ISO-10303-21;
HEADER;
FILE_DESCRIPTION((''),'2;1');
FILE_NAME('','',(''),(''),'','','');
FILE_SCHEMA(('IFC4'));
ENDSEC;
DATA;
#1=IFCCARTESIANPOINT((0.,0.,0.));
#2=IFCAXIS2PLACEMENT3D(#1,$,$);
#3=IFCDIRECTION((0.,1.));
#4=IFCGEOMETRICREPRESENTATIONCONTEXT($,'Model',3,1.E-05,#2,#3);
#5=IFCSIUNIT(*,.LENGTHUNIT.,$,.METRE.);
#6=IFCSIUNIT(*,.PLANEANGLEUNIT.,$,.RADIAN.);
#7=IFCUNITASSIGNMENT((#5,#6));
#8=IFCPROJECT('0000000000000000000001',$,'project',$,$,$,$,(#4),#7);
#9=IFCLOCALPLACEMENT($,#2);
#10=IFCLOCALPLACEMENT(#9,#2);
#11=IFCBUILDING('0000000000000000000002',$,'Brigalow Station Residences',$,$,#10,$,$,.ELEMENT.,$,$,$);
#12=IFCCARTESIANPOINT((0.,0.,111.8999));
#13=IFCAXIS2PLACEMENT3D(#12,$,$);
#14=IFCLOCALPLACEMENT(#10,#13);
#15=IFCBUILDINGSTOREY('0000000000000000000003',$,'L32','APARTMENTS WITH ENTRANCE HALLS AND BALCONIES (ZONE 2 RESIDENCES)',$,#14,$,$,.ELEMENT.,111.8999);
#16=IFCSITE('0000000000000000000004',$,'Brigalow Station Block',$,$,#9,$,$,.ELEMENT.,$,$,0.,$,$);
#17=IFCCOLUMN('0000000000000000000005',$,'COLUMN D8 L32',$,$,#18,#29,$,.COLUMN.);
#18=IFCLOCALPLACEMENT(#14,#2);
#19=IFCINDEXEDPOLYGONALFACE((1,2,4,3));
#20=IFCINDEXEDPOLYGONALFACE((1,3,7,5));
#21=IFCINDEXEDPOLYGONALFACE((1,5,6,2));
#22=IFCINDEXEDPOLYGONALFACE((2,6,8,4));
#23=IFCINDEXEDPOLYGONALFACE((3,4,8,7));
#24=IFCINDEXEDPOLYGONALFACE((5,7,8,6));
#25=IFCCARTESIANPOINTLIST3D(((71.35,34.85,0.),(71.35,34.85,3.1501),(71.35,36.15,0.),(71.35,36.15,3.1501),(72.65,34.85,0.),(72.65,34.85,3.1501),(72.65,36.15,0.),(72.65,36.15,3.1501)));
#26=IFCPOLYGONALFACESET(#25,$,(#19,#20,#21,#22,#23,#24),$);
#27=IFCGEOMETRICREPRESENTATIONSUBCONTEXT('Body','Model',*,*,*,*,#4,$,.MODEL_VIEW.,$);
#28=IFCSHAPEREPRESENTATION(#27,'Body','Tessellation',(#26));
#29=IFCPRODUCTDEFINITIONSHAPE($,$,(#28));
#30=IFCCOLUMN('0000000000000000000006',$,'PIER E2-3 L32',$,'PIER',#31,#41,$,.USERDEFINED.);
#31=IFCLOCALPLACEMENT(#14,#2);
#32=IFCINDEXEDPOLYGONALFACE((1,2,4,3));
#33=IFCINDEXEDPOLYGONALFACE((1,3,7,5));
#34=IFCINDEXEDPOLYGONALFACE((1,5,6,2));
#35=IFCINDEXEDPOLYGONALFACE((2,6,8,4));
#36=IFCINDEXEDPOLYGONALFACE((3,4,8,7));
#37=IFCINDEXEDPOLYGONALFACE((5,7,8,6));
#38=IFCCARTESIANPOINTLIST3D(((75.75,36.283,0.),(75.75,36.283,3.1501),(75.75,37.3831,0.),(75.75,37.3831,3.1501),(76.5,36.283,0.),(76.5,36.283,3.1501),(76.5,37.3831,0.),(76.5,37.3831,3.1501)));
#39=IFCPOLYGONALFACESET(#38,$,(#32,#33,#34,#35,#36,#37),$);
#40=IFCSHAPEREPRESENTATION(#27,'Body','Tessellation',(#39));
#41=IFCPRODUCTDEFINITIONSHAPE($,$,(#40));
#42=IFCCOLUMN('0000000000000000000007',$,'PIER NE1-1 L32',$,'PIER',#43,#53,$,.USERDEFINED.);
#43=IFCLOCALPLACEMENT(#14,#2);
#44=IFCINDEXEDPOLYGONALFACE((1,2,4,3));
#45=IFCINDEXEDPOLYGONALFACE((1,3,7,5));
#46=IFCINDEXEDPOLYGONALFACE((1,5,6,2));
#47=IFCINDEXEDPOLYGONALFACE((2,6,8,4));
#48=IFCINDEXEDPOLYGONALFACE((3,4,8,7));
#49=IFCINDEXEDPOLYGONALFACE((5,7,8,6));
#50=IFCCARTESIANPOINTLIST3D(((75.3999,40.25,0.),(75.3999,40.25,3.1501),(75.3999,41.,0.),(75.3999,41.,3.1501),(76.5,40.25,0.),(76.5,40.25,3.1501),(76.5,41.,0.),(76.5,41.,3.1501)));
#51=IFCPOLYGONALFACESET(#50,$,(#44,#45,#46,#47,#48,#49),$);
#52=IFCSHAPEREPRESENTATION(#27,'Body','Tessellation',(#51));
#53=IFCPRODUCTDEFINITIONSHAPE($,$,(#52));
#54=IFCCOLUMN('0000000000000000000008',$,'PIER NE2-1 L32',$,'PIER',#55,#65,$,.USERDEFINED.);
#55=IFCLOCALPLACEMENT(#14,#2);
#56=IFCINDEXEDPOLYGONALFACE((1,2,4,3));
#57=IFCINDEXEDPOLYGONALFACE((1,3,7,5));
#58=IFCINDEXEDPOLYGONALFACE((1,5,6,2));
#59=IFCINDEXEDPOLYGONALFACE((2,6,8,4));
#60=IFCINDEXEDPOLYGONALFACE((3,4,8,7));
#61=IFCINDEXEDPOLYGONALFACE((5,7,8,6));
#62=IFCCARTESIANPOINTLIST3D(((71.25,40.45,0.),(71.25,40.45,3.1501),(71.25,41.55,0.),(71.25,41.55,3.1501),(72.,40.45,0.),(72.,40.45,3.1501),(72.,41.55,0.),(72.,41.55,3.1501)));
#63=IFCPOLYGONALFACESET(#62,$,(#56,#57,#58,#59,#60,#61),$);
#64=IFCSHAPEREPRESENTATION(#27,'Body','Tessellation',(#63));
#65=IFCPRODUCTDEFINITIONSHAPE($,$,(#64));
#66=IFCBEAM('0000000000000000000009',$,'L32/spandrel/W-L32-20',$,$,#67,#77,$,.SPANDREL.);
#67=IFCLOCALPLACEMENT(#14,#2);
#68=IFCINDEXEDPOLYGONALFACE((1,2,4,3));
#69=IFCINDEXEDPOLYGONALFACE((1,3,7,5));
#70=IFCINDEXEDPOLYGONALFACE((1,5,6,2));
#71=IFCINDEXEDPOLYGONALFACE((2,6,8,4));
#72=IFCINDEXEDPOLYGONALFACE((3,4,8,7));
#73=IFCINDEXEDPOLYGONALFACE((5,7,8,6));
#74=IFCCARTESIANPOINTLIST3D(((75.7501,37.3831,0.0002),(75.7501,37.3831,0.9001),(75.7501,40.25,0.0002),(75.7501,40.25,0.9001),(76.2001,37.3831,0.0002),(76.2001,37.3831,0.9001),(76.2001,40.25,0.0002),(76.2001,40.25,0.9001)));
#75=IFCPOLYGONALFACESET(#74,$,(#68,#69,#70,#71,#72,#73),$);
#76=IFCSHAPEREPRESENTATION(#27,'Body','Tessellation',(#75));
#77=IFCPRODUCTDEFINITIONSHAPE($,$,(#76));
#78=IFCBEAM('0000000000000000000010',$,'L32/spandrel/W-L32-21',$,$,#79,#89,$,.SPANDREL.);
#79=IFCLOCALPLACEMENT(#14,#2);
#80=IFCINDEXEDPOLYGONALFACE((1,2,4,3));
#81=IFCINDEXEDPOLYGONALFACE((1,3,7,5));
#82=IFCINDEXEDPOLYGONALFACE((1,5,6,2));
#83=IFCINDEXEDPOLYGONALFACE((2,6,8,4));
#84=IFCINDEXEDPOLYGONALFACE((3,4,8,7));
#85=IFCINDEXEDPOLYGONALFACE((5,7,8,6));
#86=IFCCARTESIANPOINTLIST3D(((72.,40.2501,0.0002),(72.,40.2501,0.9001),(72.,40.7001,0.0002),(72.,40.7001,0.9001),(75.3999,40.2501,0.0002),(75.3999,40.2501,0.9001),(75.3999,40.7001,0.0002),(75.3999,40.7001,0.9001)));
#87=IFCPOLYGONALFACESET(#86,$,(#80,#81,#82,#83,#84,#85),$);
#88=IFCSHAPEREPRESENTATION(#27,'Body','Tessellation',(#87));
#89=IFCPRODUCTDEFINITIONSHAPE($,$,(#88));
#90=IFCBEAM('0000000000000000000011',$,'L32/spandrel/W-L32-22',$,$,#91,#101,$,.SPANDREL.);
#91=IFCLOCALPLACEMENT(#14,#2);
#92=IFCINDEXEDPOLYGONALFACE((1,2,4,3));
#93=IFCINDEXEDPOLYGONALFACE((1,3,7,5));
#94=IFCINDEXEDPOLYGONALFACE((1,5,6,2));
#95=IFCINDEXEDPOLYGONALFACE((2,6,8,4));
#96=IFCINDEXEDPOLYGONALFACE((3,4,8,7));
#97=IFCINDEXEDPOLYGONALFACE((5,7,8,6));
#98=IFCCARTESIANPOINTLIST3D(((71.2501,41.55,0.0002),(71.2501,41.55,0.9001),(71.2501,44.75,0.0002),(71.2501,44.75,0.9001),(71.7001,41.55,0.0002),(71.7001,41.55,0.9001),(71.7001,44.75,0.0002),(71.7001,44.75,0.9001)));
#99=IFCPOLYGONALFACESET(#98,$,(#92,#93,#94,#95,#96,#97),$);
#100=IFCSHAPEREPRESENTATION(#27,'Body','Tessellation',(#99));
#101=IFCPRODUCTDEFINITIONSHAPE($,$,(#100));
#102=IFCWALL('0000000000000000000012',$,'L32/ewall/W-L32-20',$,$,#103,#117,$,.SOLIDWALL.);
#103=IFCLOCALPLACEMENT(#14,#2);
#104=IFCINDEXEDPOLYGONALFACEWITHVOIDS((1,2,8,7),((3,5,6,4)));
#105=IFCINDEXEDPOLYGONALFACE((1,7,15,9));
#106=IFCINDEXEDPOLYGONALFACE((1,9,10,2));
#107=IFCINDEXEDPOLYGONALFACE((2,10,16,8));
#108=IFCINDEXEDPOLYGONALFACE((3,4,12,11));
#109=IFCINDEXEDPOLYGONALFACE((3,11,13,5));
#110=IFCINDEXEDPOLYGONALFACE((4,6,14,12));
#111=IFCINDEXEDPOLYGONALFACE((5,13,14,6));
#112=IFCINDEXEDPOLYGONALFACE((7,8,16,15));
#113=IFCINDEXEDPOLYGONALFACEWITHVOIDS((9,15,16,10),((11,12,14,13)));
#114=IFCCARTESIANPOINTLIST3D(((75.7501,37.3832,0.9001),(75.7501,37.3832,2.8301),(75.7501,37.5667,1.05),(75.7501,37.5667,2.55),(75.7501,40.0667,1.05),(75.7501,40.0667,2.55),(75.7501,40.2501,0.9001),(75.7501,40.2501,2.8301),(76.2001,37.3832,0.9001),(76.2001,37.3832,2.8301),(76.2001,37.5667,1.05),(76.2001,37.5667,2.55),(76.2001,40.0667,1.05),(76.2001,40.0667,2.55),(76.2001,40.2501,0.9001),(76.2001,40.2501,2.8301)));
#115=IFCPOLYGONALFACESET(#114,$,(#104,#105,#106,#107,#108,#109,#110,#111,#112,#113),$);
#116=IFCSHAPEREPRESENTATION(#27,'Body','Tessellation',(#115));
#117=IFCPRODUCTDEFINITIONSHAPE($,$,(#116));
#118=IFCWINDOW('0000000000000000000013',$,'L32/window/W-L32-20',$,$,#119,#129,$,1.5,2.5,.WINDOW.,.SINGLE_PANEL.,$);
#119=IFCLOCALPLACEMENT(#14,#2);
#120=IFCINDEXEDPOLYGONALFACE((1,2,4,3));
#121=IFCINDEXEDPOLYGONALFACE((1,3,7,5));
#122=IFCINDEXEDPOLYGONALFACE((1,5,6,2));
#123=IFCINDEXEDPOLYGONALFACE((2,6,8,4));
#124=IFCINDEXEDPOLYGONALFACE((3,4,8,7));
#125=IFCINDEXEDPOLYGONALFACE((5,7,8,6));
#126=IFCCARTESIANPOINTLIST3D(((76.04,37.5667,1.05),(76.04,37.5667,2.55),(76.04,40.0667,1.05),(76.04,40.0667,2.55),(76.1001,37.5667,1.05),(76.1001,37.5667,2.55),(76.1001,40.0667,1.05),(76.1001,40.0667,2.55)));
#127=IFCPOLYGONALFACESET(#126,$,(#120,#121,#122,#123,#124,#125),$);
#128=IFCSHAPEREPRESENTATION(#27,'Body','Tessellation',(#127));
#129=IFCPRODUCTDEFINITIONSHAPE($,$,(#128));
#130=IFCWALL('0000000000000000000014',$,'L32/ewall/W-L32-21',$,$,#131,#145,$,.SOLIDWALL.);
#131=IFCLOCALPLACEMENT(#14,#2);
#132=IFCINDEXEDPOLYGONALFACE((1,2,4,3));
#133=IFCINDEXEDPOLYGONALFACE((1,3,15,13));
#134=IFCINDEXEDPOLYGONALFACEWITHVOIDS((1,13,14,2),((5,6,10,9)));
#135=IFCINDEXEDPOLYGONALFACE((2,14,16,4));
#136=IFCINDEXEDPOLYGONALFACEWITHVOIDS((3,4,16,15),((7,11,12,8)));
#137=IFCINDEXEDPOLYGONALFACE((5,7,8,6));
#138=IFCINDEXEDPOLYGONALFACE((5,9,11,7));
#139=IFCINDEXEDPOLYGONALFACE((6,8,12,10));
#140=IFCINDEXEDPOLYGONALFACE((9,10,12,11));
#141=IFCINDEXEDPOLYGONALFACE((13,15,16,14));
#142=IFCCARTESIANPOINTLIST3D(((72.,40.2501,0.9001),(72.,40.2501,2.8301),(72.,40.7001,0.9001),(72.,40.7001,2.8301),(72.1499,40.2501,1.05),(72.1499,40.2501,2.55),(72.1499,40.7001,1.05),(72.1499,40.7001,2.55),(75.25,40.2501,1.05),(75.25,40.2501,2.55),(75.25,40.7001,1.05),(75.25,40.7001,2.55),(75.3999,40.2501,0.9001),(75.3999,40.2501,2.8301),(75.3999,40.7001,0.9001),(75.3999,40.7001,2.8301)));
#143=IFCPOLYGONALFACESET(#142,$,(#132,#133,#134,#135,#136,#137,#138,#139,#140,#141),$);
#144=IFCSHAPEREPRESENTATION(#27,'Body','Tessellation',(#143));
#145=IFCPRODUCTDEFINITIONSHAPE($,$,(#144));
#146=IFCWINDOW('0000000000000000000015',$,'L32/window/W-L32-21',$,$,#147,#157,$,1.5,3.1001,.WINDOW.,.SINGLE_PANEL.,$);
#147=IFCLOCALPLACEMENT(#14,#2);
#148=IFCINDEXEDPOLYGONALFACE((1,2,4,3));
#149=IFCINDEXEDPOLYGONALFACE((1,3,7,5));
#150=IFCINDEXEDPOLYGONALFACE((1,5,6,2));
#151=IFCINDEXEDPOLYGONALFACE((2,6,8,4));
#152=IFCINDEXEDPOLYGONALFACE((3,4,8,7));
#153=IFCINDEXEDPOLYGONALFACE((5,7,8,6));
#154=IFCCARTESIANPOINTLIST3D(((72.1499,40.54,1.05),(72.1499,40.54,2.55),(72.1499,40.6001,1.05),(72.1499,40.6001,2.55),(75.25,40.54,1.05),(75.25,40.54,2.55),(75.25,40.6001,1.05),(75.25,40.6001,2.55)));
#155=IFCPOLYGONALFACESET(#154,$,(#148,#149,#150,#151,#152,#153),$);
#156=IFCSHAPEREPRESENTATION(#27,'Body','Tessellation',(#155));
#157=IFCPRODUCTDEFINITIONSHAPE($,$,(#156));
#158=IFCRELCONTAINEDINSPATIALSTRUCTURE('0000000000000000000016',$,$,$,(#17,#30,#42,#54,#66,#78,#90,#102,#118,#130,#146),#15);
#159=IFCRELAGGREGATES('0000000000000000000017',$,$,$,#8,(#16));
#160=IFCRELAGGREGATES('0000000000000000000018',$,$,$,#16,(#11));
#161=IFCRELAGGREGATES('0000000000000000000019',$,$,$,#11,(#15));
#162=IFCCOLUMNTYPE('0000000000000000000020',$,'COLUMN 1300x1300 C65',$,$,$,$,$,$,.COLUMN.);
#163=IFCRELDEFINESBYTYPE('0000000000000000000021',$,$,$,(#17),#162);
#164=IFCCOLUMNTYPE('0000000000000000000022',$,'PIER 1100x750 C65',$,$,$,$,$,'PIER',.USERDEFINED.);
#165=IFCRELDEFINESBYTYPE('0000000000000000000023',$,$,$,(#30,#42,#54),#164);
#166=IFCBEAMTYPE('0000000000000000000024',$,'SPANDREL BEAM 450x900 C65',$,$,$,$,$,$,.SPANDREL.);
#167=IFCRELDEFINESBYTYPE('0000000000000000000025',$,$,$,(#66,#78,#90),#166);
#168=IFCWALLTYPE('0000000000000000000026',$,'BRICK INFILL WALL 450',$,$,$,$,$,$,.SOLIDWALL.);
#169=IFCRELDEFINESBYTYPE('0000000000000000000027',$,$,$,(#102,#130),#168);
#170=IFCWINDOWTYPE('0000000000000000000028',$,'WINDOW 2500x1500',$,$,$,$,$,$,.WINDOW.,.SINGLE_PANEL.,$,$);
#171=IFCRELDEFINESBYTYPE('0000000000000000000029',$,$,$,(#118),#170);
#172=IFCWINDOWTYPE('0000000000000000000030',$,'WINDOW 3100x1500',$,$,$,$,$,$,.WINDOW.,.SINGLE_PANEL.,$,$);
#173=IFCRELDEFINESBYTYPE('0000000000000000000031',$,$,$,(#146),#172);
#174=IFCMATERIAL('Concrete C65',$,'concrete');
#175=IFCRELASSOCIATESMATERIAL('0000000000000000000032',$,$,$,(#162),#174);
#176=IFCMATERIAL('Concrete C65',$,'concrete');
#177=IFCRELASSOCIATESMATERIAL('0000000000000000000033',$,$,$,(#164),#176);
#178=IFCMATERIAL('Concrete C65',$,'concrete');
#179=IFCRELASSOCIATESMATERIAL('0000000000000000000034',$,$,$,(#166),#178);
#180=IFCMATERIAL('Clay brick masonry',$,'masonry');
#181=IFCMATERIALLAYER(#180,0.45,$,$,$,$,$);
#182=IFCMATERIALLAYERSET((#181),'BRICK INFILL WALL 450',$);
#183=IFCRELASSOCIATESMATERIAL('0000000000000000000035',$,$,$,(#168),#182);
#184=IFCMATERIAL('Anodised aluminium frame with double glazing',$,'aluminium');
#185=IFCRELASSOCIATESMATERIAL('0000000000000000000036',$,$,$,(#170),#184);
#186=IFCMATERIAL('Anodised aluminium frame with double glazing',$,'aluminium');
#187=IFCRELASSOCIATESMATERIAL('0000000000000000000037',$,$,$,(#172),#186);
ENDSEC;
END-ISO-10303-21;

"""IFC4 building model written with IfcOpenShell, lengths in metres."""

from ifc_helpers import new_model, si_unit, direction, frame, frame_2d, origin, origin_2d, place, context, subcontext, project, spatial, rectangle, extrude, material, layer, layer_set, material_profile, profile_set, type_object, element, fill, save


model = new_model("IFC4")

# Units and contexts
model_context = context("Model", 3, precision=1e-05, world=origin(), true_north=direction((0.0, 1.0)))
body_context = subcontext(model_context, "Body", "Model", "MODEL_VIEW")
ifc_project = project(units=[si_unit("LENGTHUNIT", "METRE"), si_unit("PLANEANGLEUNIT", "RADIAN")], contexts=[model_context])

# Site, building, storey
site_placement = place(None, origin())
site = spatial("IfcSite", under=ifc_project, at=site_placement, Name="Brigalow Station Block", CompositionType="ELEMENT", RefElevation=0.0)
building_placement = place(site_placement, origin())
building = spatial("IfcBuilding", under=site, at=building_placement, Name="Brigalow Station Residences", CompositionType="ELEMENT")
storey_placement = place(building_placement, frame((0.0, 0.0, 111.8999)))
storey = spatial("IfcBuildingStorey", under=building, at=storey_placement, Name="L32", Description="APARTMENTS WITH ENTRANCE HALLS AND BALCONIES (ZONE 2 RESIDENCES)", CompositionType="ELEMENT", Elevation=111.8999)

# Columns
ifc_material_1 = material(Name="Concrete C65", Category="concrete")
ifc_material_profile_1 = material_profile(ifc_material_1, rectangle(XDim=1.3, YDim=1.3, at=origin_2d()), Name="RC1300x1300")
ifc_profile_set_1 = profile_set([ifc_material_profile_1], Name="Concrete C65")
column_type_1 = type_object("IfcColumnType", Name="COLUMN 1300x1300 C65", PredefinedType="COLUMN", material=ifc_profile_set_1)
column_placement = place(storey_placement, frame((72.0, 35.5, 0.0), z_axis=(0.0, 0.0, 1.0), x_axis=(1.0, 0.0, 0.0)))
element("IfcColumn", 1, at=column_placement, inside=storey, type_object=column_type_1, Name="COLUMN D8 L32", PredefinedType="COLUMN", context=body_context, shape_type="SweptSolid", body=[
    extrude(rectangle(XDim=1.3, YDim=1.3, at=origin_2d()), origin(), (0.0, 0.0, 1.0), 3.1501),
])
ifc_material_2 = material(Name="Concrete C65", Category="concrete")
ifc_material_profile_2 = material_profile(ifc_material_2, rectangle(XDim=1.1001, YDim=0.75, at=origin_2d()), Name="RC1100x750")
ifc_profile_set_2 = profile_set([ifc_material_profile_2], Name="Concrete C65")
column_type_2 = type_object("IfcColumnType", Name="PIER 1100x750 C65", ElementType="PIER", PredefinedType="USERDEFINED", material=ifc_profile_set_2)
for number, where, z_axis, x_axis, name in (
    (2, (76.125, 36.833, 0.0), (0.0, 0.0, 1.0), (0.0, 1.0, 0.0), "PIER E2-3 L32"),
    (3, (75.95, 40.625, 0.0), (0.0, 0.0, 1.0), (-1.0, 0.0, 0.0), "PIER NE1-1 L32"),
    (4, (71.625, 41.0, 0.0), (0.0, 0.0, 1.0), (0.0, 1.0, 0.0), "PIER NE2-1 L32"),
):
    element("IfcColumn", number, at=place(storey_placement, frame(where, z_axis=z_axis, x_axis=x_axis)), inside=storey, type_object=column_type_2, Name=name, ObjectType="PIER", PredefinedType="USERDEFINED", context=body_context, shape_type="SweptSolid", body=[
        extrude(rectangle(XDim=1.1001, YDim=0.75, at=origin_2d()), origin(), (0.0, 0.0, 1.0), 3.1501),
    ])

# Beams
ifc_material_3 = material(Name="Concrete C65", Category="concrete")
ifc_material_profile_3 = material_profile(ifc_material_3, rectangle(XDim=0.45, YDim=0.8999, at=origin_2d()), Name="RC450x900")
ifc_profile_set_3 = profile_set([ifc_material_profile_3], Name="Concrete C65")
beam_type = type_object("IfcBeamType", Name="SPANDREL BEAM 450x900 C65", PredefinedType="SPANDREL", material=ifc_profile_set_3)
beam_1_placement = place(storey_placement, frame((75.9751, 37.3831, 0.4502), z_axis=(0.0, 1.0, 0.0), x_axis=(-1.0, 0.0, 0.0)))
element("IfcBeam", 5, at=beam_1_placement, inside=storey, type_object=beam_type, Name="L32/spandrel/W-L32-20", PredefinedType="SPANDREL", context=body_context, shape_type="SweptSolid", body=[
    extrude(rectangle(XDim=0.45, YDim=0.8999, at=origin_2d()), origin(), (0.0, 0.0, 1.0), 2.8669),
])
beam_2_placement = place(storey_placement, frame((75.3999, 40.4751, 0.4502), z_axis=(-1.0, 0.0, 0.0), x_axis=(0.0, -1.0, 0.0)))
element("IfcBeam", 6, at=beam_2_placement, inside=storey, type_object=beam_type, Name="L32/spandrel/W-L32-21", PredefinedType="SPANDREL", context=body_context, shape_type="SweptSolid", body=[
    extrude(rectangle(XDim=0.45, YDim=0.8999, at=origin_2d()), origin(), (0.0, 0.0, 1.0), 3.3999),
])
beam_3_placement = place(storey_placement, frame((71.4751, 41.55, 0.4502), z_axis=(0.0, 1.0, 0.0), x_axis=(-1.0, 0.0, 0.0)))
element("IfcBeam", 7, at=beam_3_placement, inside=storey, type_object=beam_type, Name="L32/spandrel/W-L32-22", PredefinedType="SPANDREL", context=body_context, shape_type="SweptSolid", body=[
    extrude(rectangle(XDim=0.45, YDim=0.8999, at=origin_2d()), origin(), (0.0, 0.0, 1.0), 3.2),
])

# Walls, openings, windows
ifc_material_4 = material(Name="Clay brick masonry", Category="masonry")
ifc_layer_1 = layer(ifc_material_4, 0.45)
ifc_layer_set_1 = layer_set([ifc_layer_1], Name="BRICK INFILL WALL 450")
wall_type_1 = type_object("IfcWallType", Name="BRICK INFILL WALL 450", PredefinedType="SOLIDWALL", material=ifc_layer_set_1)
wall_1_placement = place(storey_placement, frame((75.9751, 37.3831, 0.9001), z_axis=(0.0, 0.0, 1.0), x_axis=(0.0, 1.0, 0.0)))
wall_1 = element("IfcWall", 8, at=wall_1_placement, inside=storey, type_object=wall_type_1, Name="L32/ewall/W-L32-20", PredefinedType="SOLIDWALL", context=body_context, shape_type="SweptSolid", body=[
    extrude(rectangle(XDim=2.8669, YDim=0.45, at=frame_2d((1.4336, 0.0))), origin(), (0.0, 0.0, 1.0), 1.9299),
])
opening_1_placement = place(wall_1_placement, frame((0.1836, 0.0, 0.1499)))
opening_1 = element("IfcOpeningElement", 9, at=opening_1_placement, cuts=wall_1, PredefinedType="OPENING", context=body_context, shape_type="SweptSolid", body=[
    extrude(rectangle(XDim=2.5, YDim=1.5, at=frame_2d((1.25, 0.75))), frame((0.0, 0.2349, 0.0), z_axis=(0.0, -1.0, 0.0), x_axis=(1.0, 0.0, 0.0)), (0.0, 0.0, 1.0), 0.47),
])
ifc_material_5 = material(Name="Anodised aluminium frame with double glazing", Category="aluminium")
window_type_1 = type_object("IfcWindowType", Name="WINDOW 2500x1500", PartitioningType="SINGLE_PANEL", PredefinedType="WINDOW", material=ifc_material_5)
window_1_placement = place(opening_1_placement, origin())
window_1 = element("IfcWindow", 10, at=window_1_placement, inside=storey, type_object=window_type_1, Name="L32/window/W-L32-20", OverallHeight=1.5, OverallWidth=2.5, PartitioningType="SINGLE_PANEL", PredefinedType="WINDOW", context=body_context, shape_type="SweptSolid", body=[
    extrude(rectangle(XDim=2.5, YDim=1.5, at=frame_2d((1.25, 0.75))), frame((0.0, -0.0649, 0.0), z_axis=(0.0, -1.0, 0.0), x_axis=(1.0, 0.0, 0.0)), (0.0, 0.0, 1.0), 0.0601),
])
fill(opening_1, window_1)
wall_2_placement = place(storey_placement, frame((75.3999, 40.4751, 0.9001), z_axis=(0.0, 0.0, 1.0), x_axis=(-1.0, 0.0, 0.0)))
wall_2 = element("IfcWall", 11, at=wall_2_placement, inside=storey, type_object=wall_type_1, Name="L32/ewall/W-L32-21", PredefinedType="SOLIDWALL", context=body_context, shape_type="SweptSolid", body=[
    extrude(rectangle(XDim=3.3999, YDim=0.45, at=frame_2d((1.7, 0.0))), origin(), (0.0, 0.0, 1.0), 1.9299),
])
opening_2_placement = place(wall_2_placement, frame((0.1499, 0.0, 0.1499)))
opening_2 = element("IfcOpeningElement", 12, at=opening_2_placement, cuts=wall_2, PredefinedType="OPENING", context=body_context, shape_type="SweptSolid", body=[
    extrude(rectangle(XDim=3.1001, YDim=1.5, at=frame_2d((1.55, 0.75))), frame((0.0, 0.2349, 0.0), z_axis=(0.0, -1.0, 0.0), x_axis=(1.0, 0.0, 0.0)), (0.0, 0.0, 1.0), 0.47),
])
ifc_material_6 = material(Name="Anodised aluminium frame with double glazing", Category="aluminium")
window_type_2 = type_object("IfcWindowType", Name="WINDOW 3100x1500", PartitioningType="SINGLE_PANEL", PredefinedType="WINDOW", material=ifc_material_6)
window_2_placement = place(opening_2_placement, origin())
window_2 = element("IfcWindow", 13, at=window_2_placement, inside=storey, type_object=window_type_2, Name="L32/window/W-L32-21", OverallHeight=1.5, OverallWidth=3.1001, PartitioningType="SINGLE_PANEL", PredefinedType="WINDOW", context=body_context, shape_type="SweptSolid", body=[
    extrude(rectangle(XDim=3.1001, YDim=1.5, at=frame_2d((1.55, 0.75))), frame((0.0, -0.0649, 0.0), z_axis=(0.0, -1.0, 0.0), x_axis=(1.0, 0.0, 0.0)), (0.0, 0.0, 1.0), 0.0601),
])
fill(opening_2, window_2)

save(model, "model.ifc")
